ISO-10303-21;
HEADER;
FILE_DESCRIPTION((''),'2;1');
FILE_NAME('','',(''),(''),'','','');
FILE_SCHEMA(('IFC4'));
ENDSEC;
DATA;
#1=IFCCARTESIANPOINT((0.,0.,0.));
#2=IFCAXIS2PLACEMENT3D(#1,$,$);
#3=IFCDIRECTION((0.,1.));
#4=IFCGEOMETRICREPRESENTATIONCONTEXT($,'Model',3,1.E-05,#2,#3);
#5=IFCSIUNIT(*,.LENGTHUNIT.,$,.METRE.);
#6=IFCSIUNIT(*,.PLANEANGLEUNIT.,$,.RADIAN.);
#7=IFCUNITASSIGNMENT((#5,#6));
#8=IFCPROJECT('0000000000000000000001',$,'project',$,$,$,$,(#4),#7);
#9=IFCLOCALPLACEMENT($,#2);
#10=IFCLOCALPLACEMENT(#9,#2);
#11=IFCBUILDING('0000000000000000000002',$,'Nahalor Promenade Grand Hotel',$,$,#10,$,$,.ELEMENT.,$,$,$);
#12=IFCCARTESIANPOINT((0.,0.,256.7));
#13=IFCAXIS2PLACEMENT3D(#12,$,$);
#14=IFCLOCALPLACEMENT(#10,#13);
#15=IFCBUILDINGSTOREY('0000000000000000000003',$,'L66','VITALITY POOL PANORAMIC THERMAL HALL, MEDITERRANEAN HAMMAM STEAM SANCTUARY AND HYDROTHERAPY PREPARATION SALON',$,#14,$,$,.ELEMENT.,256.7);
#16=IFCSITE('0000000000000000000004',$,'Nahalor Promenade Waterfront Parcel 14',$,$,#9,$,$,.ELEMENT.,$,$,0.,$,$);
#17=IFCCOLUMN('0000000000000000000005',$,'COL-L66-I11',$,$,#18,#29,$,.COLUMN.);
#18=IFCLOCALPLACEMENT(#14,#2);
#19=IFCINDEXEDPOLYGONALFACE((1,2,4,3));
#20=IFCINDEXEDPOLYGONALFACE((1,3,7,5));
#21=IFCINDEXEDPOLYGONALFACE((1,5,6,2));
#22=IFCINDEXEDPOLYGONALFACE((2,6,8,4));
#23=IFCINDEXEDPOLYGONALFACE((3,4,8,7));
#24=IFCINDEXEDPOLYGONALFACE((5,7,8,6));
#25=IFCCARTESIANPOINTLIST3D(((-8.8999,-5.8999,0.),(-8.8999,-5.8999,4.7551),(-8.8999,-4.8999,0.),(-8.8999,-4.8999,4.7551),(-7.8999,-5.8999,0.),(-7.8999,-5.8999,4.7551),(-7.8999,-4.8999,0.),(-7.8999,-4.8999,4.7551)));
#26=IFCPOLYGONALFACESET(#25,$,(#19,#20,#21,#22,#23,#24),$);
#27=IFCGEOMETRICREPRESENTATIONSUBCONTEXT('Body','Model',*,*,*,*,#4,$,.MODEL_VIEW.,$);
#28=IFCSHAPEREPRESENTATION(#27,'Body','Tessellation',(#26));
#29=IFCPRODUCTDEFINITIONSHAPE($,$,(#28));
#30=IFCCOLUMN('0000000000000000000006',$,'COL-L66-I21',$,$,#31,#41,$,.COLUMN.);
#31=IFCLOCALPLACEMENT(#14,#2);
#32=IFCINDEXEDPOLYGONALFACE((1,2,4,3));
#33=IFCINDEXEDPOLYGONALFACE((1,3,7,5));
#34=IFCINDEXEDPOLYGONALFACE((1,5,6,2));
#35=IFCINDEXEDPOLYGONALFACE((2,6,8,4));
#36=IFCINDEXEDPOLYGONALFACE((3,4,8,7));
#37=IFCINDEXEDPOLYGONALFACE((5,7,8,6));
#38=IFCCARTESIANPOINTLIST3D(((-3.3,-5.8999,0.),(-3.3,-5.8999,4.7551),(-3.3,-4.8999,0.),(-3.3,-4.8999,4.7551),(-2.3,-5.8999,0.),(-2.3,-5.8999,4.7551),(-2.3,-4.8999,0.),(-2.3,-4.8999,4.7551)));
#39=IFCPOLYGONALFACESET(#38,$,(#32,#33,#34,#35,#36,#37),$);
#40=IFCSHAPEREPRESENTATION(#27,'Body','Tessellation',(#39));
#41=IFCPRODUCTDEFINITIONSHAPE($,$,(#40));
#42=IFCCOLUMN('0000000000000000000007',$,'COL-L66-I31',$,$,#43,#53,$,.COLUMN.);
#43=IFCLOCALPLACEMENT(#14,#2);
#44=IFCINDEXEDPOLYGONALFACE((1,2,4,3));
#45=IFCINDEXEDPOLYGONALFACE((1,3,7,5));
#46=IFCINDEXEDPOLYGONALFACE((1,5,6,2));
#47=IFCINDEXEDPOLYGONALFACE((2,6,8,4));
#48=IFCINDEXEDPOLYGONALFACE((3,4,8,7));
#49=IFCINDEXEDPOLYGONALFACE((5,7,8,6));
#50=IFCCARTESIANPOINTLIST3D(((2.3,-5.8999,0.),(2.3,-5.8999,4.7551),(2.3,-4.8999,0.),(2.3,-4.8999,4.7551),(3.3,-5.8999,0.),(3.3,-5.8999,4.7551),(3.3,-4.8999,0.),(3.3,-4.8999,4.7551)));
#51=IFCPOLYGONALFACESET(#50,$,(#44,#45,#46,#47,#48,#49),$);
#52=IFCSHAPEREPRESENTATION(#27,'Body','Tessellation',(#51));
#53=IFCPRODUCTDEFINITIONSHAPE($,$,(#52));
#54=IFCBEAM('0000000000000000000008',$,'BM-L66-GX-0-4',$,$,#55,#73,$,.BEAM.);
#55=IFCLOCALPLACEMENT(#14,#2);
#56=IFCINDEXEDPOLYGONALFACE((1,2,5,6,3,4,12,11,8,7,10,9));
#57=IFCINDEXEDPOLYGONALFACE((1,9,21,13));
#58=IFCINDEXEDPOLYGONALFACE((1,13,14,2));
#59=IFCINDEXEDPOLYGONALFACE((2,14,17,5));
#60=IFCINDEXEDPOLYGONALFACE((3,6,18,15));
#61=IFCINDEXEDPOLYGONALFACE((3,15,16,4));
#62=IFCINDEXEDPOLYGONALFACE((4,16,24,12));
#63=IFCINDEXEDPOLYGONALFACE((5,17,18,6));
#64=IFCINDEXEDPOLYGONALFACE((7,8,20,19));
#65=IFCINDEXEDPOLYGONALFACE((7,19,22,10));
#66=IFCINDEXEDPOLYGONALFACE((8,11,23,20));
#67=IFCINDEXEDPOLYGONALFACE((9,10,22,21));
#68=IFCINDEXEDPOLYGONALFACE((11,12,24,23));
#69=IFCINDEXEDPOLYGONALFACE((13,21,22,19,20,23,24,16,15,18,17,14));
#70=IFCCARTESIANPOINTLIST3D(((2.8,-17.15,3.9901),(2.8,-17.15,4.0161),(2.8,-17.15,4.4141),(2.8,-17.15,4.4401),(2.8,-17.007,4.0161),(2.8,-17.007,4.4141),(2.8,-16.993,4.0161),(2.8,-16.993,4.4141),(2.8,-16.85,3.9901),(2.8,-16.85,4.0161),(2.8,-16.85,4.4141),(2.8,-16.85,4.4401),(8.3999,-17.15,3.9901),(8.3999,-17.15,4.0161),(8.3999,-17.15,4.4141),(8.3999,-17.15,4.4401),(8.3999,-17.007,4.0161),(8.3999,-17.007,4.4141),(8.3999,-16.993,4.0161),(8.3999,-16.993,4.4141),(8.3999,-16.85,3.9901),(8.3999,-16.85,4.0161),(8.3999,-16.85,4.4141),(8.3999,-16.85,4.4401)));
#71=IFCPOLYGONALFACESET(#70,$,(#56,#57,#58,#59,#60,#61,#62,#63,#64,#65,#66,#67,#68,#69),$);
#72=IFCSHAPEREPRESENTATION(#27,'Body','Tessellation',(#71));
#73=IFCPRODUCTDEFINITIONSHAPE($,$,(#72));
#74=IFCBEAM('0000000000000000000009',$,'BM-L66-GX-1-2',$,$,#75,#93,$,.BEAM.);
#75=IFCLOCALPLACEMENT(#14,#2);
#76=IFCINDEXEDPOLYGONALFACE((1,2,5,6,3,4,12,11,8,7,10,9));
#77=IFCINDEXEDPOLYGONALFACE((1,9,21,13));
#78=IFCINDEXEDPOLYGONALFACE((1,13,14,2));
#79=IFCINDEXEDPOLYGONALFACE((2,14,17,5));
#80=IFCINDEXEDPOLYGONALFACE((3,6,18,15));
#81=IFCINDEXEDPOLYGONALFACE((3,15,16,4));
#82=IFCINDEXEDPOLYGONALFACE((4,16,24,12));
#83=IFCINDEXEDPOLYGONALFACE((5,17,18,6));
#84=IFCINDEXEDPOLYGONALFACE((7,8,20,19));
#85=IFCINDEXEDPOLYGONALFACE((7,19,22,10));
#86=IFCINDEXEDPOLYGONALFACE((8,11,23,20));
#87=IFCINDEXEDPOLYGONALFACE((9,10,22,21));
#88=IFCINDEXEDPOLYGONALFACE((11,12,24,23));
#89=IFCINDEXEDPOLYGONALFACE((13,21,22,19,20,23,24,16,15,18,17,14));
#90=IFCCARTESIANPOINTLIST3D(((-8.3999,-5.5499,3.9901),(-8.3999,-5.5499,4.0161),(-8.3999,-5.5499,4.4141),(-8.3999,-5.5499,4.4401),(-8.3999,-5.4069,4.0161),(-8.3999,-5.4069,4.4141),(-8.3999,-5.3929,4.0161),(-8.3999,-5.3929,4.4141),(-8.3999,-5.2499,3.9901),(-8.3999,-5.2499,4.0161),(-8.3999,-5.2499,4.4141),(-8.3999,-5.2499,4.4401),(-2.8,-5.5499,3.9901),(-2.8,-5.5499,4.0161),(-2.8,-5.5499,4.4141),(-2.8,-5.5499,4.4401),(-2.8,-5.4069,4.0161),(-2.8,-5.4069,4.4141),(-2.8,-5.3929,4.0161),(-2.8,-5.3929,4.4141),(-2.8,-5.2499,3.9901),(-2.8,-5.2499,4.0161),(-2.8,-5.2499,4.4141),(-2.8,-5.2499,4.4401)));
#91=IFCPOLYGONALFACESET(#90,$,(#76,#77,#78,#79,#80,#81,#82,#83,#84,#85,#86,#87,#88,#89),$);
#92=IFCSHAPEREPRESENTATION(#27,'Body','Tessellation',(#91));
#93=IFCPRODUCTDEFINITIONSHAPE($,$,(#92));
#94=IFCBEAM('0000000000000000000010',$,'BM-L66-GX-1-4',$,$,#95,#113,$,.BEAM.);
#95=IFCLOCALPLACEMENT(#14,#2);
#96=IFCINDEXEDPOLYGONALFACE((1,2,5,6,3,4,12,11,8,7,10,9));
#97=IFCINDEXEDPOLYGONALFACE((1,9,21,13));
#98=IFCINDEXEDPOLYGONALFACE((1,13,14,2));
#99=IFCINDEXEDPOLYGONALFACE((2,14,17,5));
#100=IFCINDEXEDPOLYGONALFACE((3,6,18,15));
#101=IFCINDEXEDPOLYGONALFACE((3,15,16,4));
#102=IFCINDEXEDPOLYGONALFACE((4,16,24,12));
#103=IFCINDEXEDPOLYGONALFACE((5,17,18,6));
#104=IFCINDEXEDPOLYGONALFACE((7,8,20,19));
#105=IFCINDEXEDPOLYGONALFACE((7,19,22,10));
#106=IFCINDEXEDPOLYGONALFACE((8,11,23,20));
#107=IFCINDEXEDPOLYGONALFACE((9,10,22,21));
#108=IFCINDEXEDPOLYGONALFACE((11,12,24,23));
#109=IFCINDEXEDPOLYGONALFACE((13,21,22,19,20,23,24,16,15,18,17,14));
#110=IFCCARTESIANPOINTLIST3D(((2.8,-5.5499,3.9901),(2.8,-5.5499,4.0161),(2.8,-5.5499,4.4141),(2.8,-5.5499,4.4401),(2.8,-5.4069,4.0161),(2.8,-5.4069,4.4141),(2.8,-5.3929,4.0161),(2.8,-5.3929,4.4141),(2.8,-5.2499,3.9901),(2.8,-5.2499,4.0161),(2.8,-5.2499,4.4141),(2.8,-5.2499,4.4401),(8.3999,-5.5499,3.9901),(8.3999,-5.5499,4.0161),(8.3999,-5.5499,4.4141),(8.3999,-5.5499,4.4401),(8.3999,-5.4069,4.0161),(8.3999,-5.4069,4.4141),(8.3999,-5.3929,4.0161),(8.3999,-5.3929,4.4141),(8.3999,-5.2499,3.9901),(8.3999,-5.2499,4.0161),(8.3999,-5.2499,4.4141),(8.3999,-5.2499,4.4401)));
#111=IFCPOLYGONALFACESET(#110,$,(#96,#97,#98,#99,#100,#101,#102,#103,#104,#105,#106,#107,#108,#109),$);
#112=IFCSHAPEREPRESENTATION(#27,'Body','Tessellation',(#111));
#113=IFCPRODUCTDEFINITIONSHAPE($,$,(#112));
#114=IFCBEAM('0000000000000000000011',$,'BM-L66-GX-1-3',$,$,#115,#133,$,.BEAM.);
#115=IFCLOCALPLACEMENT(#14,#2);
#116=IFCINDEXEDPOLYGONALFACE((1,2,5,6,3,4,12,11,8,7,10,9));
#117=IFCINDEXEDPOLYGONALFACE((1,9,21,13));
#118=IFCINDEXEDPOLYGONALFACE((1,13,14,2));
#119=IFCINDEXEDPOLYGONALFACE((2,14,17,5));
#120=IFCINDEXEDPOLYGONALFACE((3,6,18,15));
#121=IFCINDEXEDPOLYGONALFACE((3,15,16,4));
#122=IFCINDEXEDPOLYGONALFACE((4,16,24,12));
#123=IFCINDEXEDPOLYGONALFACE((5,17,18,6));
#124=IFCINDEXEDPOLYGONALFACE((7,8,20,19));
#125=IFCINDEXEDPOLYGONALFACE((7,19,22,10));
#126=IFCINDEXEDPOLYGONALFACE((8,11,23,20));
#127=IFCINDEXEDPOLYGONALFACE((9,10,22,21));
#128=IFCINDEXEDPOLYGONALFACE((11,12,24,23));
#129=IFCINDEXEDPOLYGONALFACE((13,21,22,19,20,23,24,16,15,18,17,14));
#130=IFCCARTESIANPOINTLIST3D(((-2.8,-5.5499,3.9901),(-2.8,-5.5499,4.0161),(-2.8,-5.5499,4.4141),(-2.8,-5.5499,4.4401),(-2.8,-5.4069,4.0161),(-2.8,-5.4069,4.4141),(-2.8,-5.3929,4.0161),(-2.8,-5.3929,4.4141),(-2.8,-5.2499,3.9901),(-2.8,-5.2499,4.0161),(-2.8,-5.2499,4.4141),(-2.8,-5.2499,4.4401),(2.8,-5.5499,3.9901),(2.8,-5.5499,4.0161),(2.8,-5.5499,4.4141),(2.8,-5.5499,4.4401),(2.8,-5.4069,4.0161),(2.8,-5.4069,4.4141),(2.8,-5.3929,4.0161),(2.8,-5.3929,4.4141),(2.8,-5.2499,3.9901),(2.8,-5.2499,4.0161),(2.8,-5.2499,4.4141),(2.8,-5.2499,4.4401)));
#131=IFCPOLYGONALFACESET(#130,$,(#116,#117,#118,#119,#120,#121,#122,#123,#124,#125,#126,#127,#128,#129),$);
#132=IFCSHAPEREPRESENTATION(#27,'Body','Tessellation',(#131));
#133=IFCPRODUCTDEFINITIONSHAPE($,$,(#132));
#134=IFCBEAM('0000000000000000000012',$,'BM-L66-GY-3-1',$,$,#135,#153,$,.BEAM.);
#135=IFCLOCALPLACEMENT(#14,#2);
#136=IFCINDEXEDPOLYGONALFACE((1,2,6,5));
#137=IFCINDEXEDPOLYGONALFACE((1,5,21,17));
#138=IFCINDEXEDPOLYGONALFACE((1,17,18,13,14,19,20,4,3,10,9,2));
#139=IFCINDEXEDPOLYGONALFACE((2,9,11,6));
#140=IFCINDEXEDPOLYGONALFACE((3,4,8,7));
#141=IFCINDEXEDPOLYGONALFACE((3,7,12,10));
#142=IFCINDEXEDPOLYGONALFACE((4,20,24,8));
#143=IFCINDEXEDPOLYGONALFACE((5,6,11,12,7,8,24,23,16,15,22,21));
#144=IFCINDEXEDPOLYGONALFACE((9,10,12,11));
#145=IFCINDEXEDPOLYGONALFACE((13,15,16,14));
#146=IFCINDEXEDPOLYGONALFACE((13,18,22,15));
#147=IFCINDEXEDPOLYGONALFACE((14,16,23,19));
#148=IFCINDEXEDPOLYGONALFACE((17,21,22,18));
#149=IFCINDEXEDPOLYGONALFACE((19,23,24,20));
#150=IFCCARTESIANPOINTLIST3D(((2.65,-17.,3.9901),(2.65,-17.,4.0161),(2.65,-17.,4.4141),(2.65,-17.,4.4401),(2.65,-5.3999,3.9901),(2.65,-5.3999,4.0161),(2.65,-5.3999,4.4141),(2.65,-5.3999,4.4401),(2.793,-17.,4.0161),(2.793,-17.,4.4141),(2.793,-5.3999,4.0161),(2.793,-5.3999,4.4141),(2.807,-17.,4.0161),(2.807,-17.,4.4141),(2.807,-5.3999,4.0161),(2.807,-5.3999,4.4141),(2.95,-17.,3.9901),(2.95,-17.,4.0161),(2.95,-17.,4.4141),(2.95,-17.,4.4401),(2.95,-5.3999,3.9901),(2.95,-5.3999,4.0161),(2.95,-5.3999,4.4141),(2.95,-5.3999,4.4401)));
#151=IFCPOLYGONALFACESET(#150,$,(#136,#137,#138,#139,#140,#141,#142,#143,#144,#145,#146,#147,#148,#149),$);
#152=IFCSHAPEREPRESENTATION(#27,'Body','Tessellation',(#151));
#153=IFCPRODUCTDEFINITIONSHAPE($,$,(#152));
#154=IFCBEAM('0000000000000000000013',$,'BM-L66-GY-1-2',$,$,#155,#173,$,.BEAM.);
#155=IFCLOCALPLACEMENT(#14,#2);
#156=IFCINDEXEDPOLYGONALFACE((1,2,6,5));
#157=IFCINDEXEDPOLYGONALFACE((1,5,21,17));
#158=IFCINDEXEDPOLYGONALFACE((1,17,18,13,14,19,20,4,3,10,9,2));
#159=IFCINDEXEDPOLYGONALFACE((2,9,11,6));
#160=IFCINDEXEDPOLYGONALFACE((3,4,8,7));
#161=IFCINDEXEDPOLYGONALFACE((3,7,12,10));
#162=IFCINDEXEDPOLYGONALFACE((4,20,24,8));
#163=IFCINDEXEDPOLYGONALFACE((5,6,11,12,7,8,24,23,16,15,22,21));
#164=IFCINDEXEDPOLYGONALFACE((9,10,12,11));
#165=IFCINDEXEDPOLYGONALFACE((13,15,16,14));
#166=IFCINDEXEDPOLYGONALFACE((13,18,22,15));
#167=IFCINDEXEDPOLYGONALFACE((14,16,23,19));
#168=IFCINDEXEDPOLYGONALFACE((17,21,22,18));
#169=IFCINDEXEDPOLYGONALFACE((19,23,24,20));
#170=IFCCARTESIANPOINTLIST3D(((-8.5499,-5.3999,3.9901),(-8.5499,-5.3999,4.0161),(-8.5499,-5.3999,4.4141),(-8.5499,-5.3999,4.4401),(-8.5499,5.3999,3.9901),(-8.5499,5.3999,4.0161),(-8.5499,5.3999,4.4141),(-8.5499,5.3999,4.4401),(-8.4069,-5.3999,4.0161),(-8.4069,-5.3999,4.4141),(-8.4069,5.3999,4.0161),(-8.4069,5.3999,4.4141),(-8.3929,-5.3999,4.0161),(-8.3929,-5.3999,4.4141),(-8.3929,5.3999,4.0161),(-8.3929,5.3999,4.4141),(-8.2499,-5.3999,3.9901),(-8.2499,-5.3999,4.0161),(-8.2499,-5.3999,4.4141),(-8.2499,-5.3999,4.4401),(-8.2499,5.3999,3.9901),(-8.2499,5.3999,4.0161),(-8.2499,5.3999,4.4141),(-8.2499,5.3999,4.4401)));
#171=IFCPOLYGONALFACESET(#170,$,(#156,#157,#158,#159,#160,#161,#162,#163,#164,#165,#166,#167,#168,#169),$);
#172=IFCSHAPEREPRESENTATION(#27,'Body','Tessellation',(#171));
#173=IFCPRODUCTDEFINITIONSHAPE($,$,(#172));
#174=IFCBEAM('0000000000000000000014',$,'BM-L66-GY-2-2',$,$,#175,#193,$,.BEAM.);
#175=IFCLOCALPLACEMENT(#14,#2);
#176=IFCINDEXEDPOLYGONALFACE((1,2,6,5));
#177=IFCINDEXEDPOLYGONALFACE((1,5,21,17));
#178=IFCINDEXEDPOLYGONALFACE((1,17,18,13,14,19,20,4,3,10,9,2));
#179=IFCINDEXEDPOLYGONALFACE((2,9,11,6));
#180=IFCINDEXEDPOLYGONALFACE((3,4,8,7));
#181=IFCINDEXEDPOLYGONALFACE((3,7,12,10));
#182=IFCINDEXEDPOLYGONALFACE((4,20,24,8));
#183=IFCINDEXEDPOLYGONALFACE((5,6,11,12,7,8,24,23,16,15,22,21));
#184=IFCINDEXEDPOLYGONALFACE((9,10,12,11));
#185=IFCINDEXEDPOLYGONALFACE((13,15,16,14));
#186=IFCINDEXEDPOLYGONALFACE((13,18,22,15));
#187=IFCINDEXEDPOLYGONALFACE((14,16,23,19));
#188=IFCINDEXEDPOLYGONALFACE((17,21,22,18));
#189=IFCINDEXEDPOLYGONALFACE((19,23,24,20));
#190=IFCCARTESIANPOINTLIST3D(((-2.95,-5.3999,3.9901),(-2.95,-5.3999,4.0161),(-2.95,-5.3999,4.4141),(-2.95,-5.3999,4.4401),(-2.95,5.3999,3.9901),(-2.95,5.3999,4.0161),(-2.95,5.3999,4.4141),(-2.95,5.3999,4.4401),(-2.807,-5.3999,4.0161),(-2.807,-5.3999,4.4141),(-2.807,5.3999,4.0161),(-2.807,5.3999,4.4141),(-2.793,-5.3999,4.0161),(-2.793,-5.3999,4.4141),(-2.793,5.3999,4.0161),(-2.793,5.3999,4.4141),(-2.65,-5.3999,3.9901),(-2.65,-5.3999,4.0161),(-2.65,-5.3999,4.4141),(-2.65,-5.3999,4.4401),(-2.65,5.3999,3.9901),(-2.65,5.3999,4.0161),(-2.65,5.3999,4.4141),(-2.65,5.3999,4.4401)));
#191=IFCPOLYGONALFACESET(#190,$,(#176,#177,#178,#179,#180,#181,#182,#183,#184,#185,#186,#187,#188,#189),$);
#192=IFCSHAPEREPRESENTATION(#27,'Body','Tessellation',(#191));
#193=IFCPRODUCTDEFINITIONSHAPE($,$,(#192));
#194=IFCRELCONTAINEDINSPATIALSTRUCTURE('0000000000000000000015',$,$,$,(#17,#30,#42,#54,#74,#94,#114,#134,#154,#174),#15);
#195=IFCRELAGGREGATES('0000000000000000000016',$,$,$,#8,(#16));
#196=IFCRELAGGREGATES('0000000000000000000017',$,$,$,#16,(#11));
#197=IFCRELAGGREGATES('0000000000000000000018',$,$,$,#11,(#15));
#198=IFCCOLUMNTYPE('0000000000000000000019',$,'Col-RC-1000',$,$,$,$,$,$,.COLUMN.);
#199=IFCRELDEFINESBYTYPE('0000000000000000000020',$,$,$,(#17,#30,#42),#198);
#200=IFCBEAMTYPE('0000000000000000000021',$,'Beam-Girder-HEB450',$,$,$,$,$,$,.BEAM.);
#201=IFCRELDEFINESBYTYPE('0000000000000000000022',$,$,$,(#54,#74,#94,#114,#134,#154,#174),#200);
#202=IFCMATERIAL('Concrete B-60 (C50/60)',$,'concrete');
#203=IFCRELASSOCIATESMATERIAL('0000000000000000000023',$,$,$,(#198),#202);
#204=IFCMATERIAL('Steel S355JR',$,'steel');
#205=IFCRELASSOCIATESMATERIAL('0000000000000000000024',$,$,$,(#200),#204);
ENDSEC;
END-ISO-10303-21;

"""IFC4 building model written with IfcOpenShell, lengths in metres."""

from ifc_helpers import new_model, si_unit, direction, frame, origin, origin_2d, place, context, subcontext, project, spatial, rectangle, i_section, extrude, source, transform, mapped, material, material_profile, profile_set, type_object, element, save


model = new_model("IFC4")

# Units and contexts
model_context = context("Model", 3, precision=1e-05, world=origin(), true_north=direction((0.0, 1.0)))
body_context = subcontext(model_context, "Body", "Model", "MODEL_VIEW")
ifc_project = project(units=[si_unit("LENGTHUNIT", "METRE"), si_unit("PLANEANGLEUNIT", "RADIAN")], contexts=[model_context])

# Site, building, storey
site_placement = place(None, origin())
site = spatial("IfcSite", under=ifc_project, at=site_placement, Name="Nahalor Promenade Waterfront Parcel 14", CompositionType="ELEMENT", RefElevation=0.0)
building_placement = place(site_placement, origin())
building = spatial("IfcBuilding", under=site, at=building_placement, Name="Nahalor Promenade Grand Hotel", CompositionType="ELEMENT")
storey_placement = place(building_placement, frame((0.0, 0.0, 256.7)))
storey = spatial("IfcBuildingStorey", under=building, at=storey_placement, Name="L66", Description="VITALITY POOL PANORAMIC THERMAL HALL, MEDITERRANEAN HAMMAM STEAM SANCTUARY AND HYDROTHERAPY PREPARATION SALON", CompositionType="ELEMENT", Elevation=256.7)

# Columns
ifc_material_1 = material(Name="Concrete B-60 (C50/60)", Category="concrete")
ifc_material_profile_1 = material_profile(ifc_material_1, rectangle(XDim=1.0, YDim=1.0, at=origin_2d()), Name="RC 1000x1000")
ifc_profile_set_1 = profile_set([ifc_material_profile_1], Name="Concrete B-60 (C50/60)")
column_type = type_object("IfcColumnType", Name="Col-RC-1000", PredefinedType="COLUMN", material=ifc_profile_set_1)
shared_shape_1 = source(origin(), body_context, "Body", "SweptSolid", [
    extrude(rectangle(XDim=1.0, YDim=1.0, at=origin_2d()), origin(), (0.0, 0.0, 1.0), 4.7551),
])
for number, where, z_axis, x_axis, name in (
    (1, (-8.3999, -5.3999, 0.0), (0.0, 0.0, 1.0), (1.0, 0.0, 0.0), "COL-L66-I11"),
    (2, (-2.8, -5.3999, 0.0), (0.0, 0.0, 1.0), (1.0, 0.0, 0.0), "COL-L66-I21"),
    (3, (2.8, -5.3999, 0.0), (0.0, 0.0, 1.0), (1.0, 0.0, 0.0), "COL-L66-I31"),
):
    element("IfcColumn", number, at=place(storey_placement, frame(where, z_axis=z_axis, x_axis=x_axis)), inside=storey, type_object=column_type, Name=name, PredefinedType="COLUMN", context=body_context, shape_type="MappedRepresentation", body=[
        mapped(shared_shape_1, transform((0.0, 0.0, 0.0), scale=1.0)),
    ])

# Beams
ifc_material_2 = material(Name="Steel S355JR", Category="steel")
ifc_material_profile_2 = material_profile(ifc_material_2, i_section(OverallWidth=0.3, OverallDepth=0.45, WebThickness=0.014, FlangeThickness=0.026, at=origin_2d()), Name="HEB 450")
ifc_profile_set_2 = profile_set([ifc_material_profile_2], Name="Steel S355JR")
beam_type = type_object("IfcBeamType", Name="Beam-Girder-HEB450", PredefinedType="BEAM", material=ifc_profile_set_2)
shared_shape_2 = source(origin(), body_context, "Body", "SweptSolid", [
    extrude(i_section(OverallWidth=0.3, OverallDepth=0.45, WebThickness=0.014, FlangeThickness=0.026, at=origin_2d()), origin(), (0.0, 0.0, 1.0), 5.5999),
])
for number, where, z_axis, x_axis, name in (
    (4, (2.8, -17.0, 4.2151), (1.0, 0.0, 0.0), (0.0, 1.0, 0.0), "BM-L66-GX-0-4"),
    (5, (-8.3999, -5.3999, 4.2151), (1.0, 0.0, 0.0), (0.0, 1.0, 0.0), "BM-L66-GX-1-2"),
    (6, (2.8, -5.3999, 4.2151), (1.0, 0.0, 0.0), (0.0, 1.0, 0.0), "BM-L66-GX-1-4"),
):
    element("IfcBeam", number, at=place(storey_placement, frame(where, z_axis=z_axis, x_axis=x_axis)), inside=storey, type_object=beam_type, Name=name, PredefinedType="BEAM", context=body_context, shape_type="MappedRepresentation", body=[
        mapped(shared_shape_2, transform((0.0, 0.0, 0.0), scale=1.0)),
    ])
shared_shape_3 = source(origin(), body_context, "Body", "SweptSolid", [
    extrude(i_section(OverallWidth=0.3, OverallDepth=0.45, WebThickness=0.014, FlangeThickness=0.026, at=origin_2d()), origin(), (0.0, 0.0, 1.0), 5.6001),
])
beam_1_placement = place(storey_placement, frame((-2.8, -5.3999, 4.2151), z_axis=(1.0, 0.0, 0.0), x_axis=(0.0, 1.0, 0.0)))
element("IfcBeam", 7, at=beam_1_placement, inside=storey, type_object=beam_type, Name="BM-L66-GX-1-3", PredefinedType="BEAM", context=body_context, shape_type="MappedRepresentation", body=[
    mapped(shared_shape_3, transform((0.0, 0.0, 0.0), scale=1.0)),
])
shared_shape_4 = source(origin(), body_context, "Body", "SweptSolid", [
    extrude(i_section(OverallWidth=0.3, OverallDepth=0.45, WebThickness=0.014, FlangeThickness=0.026, at=origin_2d()), origin(), (0.0, 0.0, 1.0), 11.6001),
])
beam_2_placement = place(storey_placement, frame((2.8, -17.0, 4.2151), z_axis=(0.0, 1.0, 0.0), x_axis=(-1.0, 0.0, 0.0)))
element("IfcBeam", 8, at=beam_2_placement, inside=storey, type_object=beam_type, Name="BM-L66-GY-3-1", PredefinedType="BEAM", context=body_context, shape_type="MappedRepresentation", body=[
    mapped(shared_shape_4, transform((0.0, 0.0, 0.0), scale=1.0)),
])
shared_shape_5 = source(origin(), body_context, "Body", "SweptSolid", [
    extrude(i_section(OverallWidth=0.3, OverallDepth=0.45, WebThickness=0.014, FlangeThickness=0.026, at=origin_2d()), origin(), (0.0, 0.0, 1.0), 10.7998),
])
for number, where, z_axis, x_axis, name in (
    (9, (-8.3999, -5.3999, 4.2151), (0.0, 1.0, 0.0), (-1.0, 0.0, 0.0), "BM-L66-GY-1-2"),
    (10, (-2.8, -5.3999, 4.2151), (0.0, 1.0, 0.0), (-1.0, 0.0, 0.0), "BM-L66-GY-2-2"),
):
    element("IfcBeam", number, at=place(storey_placement, frame(where, z_axis=z_axis, x_axis=x_axis)), inside=storey, type_object=beam_type, Name=name, PredefinedType="BEAM", context=body_context, shape_type="MappedRepresentation", body=[
        mapped(shared_shape_5, transform((0.0, 0.0, 0.0), scale=1.0)),
    ])

save(model, "model.ifc")
